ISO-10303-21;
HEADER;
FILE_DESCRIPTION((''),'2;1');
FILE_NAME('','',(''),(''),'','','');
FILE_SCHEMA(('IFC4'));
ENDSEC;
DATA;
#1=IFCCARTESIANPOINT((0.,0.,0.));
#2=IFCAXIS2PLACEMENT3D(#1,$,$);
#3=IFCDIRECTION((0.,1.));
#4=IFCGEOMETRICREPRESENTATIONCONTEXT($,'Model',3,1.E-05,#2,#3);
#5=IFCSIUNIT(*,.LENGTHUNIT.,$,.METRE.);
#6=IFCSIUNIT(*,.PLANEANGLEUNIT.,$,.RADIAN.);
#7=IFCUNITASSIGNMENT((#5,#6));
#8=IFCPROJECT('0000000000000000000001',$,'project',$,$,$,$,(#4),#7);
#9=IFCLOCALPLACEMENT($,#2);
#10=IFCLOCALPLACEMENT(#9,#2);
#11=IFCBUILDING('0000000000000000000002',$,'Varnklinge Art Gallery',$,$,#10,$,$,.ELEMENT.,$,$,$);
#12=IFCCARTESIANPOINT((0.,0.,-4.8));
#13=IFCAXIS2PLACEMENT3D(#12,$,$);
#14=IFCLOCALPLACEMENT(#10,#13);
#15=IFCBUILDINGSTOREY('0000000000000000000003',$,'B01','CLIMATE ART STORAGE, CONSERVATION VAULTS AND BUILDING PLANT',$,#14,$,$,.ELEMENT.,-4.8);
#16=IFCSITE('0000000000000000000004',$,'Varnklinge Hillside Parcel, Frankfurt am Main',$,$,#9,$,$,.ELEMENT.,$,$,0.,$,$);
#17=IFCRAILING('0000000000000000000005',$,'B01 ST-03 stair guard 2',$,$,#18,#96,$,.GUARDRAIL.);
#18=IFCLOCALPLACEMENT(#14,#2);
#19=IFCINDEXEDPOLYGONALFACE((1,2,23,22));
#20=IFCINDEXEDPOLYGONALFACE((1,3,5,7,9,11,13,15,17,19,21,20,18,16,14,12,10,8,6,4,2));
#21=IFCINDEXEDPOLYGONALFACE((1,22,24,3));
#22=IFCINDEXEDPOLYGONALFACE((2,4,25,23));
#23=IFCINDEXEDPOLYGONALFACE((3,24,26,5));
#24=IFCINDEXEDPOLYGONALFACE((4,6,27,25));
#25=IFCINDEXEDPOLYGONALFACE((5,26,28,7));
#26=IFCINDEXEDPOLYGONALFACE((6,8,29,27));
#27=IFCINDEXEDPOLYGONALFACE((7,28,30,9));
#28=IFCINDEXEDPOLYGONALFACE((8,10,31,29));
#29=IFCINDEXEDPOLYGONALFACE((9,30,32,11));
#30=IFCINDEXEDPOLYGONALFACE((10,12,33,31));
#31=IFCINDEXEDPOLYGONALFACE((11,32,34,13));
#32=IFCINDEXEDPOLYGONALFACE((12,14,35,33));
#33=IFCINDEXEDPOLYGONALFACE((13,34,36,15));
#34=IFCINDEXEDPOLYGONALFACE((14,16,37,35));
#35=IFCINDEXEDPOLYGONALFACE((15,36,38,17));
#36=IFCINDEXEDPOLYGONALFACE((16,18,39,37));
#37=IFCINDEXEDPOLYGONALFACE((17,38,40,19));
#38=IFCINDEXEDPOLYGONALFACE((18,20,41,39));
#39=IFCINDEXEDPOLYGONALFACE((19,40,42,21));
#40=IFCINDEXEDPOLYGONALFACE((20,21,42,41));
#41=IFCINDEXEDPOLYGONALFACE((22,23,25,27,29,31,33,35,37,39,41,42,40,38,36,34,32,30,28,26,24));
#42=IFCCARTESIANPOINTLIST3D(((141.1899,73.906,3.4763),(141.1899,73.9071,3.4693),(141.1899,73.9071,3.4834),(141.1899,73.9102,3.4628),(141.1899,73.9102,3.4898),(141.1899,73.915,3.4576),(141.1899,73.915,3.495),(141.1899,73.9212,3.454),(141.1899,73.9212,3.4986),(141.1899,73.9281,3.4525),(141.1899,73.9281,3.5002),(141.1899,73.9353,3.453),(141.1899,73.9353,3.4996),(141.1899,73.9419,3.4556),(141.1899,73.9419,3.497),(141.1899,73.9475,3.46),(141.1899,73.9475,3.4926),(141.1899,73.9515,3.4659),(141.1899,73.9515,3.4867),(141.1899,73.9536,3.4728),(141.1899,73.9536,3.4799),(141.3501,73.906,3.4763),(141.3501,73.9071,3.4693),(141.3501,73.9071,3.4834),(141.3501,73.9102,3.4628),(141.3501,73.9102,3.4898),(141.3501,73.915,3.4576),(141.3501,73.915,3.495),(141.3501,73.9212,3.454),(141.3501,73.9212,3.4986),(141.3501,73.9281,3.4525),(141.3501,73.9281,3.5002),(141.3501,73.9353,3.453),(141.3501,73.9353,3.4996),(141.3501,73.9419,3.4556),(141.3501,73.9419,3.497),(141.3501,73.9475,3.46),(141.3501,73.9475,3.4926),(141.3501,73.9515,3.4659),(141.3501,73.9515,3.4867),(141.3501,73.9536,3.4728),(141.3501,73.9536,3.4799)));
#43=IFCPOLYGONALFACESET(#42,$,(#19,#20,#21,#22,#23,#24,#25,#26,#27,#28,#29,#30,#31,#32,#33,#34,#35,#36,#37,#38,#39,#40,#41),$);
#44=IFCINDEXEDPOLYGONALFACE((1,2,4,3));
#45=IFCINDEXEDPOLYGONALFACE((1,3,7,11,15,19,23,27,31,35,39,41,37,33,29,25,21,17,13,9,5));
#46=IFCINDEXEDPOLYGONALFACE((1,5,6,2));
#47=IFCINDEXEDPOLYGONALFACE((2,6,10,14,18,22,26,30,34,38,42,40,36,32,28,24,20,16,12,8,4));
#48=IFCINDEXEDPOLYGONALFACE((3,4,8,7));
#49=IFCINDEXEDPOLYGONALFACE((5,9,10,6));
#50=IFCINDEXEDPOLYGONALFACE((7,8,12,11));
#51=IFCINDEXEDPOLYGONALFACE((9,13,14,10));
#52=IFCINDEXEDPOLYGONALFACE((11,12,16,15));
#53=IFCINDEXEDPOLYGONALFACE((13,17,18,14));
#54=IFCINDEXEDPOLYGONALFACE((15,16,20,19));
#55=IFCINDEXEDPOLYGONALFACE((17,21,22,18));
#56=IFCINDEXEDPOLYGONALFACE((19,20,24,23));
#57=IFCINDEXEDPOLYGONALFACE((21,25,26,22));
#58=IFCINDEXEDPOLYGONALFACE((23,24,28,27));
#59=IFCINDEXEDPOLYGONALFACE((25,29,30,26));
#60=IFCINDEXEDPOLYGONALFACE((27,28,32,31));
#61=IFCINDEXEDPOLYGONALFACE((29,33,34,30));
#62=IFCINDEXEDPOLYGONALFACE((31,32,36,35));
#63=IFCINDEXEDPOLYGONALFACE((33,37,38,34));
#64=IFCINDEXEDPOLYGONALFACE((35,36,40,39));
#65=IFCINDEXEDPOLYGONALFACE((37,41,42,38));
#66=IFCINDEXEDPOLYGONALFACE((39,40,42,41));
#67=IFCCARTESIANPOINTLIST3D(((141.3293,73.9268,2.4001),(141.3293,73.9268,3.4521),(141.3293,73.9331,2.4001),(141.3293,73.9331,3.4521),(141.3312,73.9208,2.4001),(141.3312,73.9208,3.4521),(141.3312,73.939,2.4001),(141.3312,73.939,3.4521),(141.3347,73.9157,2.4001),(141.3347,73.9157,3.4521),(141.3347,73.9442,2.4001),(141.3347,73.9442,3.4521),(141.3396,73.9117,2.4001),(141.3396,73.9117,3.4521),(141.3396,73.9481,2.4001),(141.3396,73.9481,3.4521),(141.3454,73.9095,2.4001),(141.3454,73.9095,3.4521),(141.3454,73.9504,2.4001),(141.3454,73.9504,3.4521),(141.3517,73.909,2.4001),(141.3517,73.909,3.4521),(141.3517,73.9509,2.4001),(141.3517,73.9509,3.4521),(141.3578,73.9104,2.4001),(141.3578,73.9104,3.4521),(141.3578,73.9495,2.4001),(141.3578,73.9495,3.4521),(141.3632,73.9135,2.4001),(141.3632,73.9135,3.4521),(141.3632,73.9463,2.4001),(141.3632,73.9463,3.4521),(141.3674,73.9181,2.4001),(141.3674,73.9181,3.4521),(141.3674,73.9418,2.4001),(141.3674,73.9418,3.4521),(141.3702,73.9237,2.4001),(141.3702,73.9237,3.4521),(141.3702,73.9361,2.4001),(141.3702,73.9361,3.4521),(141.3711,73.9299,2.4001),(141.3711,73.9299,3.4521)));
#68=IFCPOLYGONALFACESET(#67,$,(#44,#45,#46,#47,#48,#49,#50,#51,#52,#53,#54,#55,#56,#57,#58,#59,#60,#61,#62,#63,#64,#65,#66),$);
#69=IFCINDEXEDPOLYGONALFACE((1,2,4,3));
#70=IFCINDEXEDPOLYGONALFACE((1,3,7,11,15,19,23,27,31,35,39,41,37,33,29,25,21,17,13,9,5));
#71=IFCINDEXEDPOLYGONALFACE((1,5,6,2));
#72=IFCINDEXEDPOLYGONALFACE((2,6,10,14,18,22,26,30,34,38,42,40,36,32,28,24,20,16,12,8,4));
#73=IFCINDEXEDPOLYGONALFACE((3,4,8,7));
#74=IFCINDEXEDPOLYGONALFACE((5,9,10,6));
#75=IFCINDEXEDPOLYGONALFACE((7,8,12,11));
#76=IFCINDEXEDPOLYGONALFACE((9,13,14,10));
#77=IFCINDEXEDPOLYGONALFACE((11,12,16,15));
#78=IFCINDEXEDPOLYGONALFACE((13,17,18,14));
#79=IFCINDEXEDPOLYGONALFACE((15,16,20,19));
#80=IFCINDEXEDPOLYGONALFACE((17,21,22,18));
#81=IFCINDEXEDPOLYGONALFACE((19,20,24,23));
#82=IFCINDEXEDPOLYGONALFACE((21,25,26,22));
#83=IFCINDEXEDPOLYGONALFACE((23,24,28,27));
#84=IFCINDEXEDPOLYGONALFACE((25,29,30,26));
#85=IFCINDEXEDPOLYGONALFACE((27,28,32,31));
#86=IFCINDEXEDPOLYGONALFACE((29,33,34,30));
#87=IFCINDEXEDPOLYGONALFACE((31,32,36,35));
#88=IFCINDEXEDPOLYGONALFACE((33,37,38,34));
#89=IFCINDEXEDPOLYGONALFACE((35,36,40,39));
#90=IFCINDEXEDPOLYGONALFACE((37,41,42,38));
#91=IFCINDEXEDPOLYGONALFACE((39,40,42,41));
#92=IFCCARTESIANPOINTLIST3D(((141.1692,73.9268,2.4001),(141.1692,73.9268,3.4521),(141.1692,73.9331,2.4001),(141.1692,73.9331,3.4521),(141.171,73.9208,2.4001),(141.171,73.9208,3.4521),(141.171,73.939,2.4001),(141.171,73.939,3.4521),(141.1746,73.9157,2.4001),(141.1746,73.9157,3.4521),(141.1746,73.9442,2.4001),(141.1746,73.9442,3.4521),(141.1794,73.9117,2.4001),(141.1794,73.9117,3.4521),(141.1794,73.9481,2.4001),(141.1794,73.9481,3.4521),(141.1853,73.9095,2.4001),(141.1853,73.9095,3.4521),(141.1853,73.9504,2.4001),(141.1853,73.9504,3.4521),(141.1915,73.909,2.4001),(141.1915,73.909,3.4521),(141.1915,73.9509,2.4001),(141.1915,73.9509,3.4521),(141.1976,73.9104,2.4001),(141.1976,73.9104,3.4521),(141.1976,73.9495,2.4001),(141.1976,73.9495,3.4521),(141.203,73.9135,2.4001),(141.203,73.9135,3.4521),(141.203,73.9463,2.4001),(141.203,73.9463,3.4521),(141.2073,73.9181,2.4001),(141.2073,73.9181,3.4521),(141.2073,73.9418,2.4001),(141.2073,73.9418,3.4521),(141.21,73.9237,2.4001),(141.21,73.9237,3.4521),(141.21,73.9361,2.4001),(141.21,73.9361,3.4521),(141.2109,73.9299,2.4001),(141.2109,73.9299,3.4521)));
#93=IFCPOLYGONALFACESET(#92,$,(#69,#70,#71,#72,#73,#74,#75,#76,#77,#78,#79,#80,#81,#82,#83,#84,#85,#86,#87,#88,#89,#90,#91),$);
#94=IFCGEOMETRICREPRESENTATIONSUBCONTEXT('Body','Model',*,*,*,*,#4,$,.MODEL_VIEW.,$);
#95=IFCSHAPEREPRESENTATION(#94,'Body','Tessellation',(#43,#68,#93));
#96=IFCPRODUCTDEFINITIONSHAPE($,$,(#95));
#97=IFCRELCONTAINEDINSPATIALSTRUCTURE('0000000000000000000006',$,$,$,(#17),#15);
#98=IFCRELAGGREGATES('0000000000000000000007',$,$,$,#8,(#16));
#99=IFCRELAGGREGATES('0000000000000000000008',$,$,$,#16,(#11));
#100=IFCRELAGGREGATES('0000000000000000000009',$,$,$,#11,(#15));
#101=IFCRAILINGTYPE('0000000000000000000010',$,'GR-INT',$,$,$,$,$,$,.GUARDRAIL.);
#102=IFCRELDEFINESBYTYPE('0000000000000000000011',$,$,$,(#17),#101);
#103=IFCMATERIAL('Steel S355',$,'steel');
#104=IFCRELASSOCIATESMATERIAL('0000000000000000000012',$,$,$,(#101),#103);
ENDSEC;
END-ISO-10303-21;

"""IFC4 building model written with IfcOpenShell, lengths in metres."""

from ifc_helpers import new_model, si_unit, direction, frame, origin, origin_2d, place, context, subcontext, project, spatial, circle, extrude, material, type_object, element, save


model = new_model("IFC4")

# Units and contexts
model_context = context("Model", 3, precision=1e-05, world=origin(), true_north=direction((0.0, 1.0)))
body_context = subcontext(model_context, "Body", "Model", "MODEL_VIEW")
ifc_project = project(units=[si_unit("LENGTHUNIT", "METRE"), si_unit("PLANEANGLEUNIT", "RADIAN")], contexts=[model_context])

# Site, building, storey
site_placement = place(None, origin())
site = spatial("IfcSite", under=ifc_project, at=site_placement, Name="Varnklinge Hillside Parcel, Frankfurt am Main", CompositionType="ELEMENT", RefElevation=0.0)
building_placement = place(site_placement, origin())
building = spatial("IfcBuilding", under=site, at=building_placement, Name="Varnklinge Art Gallery", CompositionType="ELEMENT")
storey_placement = place(building_placement, frame((0.0, 0.0, -4.8)))
storey = spatial("IfcBuildingStorey", under=building, at=storey_placement, Name="B01", Description="CLIMATE ART STORAGE, CONSERVATION VAULTS AND BUILDING PLANT", CompositionType="ELEMENT", Elevation=-4.8)

# Railing
ifc_material_1 = material(Name="Steel S355", Category="steel")
railing_type_1 = type_object("IfcRailingType", Name="GR-INT", PredefinedType="GUARDRAIL", material=ifc_material_1)
railing_1_placement = place(storey_placement, frame((141.3501, 73.9299, 2.4001)))
element("IfcRailing", 1, at=railing_1_placement, inside=storey, type_object=railing_type_1, Name="B01 ST-03 stair guard 2", PredefinedType="GUARDRAIL", context=body_context, shape_type="SweptSolid", body=[
    extrude(circle(Radius=0.0239, at=origin_2d()), frame((0.0, 0.0, 1.0762), z_axis=(-1.0, 0.0, 0.0), x_axis=(0.0, -1.0, 0.0)), (0.0, 0.0, 1.0), 0.1602),
    extrude(circle(Radius=0.021, at=origin_2d()), origin(), (0.0, 0.0, 1.0), 1.052),
    extrude(circle(Radius=0.021, at=origin_2d()), frame((-0.1602, 0.0, 0.0)), (0.0, 0.0, 1.0), 1.052),
])

save(model, "model.ifc")
